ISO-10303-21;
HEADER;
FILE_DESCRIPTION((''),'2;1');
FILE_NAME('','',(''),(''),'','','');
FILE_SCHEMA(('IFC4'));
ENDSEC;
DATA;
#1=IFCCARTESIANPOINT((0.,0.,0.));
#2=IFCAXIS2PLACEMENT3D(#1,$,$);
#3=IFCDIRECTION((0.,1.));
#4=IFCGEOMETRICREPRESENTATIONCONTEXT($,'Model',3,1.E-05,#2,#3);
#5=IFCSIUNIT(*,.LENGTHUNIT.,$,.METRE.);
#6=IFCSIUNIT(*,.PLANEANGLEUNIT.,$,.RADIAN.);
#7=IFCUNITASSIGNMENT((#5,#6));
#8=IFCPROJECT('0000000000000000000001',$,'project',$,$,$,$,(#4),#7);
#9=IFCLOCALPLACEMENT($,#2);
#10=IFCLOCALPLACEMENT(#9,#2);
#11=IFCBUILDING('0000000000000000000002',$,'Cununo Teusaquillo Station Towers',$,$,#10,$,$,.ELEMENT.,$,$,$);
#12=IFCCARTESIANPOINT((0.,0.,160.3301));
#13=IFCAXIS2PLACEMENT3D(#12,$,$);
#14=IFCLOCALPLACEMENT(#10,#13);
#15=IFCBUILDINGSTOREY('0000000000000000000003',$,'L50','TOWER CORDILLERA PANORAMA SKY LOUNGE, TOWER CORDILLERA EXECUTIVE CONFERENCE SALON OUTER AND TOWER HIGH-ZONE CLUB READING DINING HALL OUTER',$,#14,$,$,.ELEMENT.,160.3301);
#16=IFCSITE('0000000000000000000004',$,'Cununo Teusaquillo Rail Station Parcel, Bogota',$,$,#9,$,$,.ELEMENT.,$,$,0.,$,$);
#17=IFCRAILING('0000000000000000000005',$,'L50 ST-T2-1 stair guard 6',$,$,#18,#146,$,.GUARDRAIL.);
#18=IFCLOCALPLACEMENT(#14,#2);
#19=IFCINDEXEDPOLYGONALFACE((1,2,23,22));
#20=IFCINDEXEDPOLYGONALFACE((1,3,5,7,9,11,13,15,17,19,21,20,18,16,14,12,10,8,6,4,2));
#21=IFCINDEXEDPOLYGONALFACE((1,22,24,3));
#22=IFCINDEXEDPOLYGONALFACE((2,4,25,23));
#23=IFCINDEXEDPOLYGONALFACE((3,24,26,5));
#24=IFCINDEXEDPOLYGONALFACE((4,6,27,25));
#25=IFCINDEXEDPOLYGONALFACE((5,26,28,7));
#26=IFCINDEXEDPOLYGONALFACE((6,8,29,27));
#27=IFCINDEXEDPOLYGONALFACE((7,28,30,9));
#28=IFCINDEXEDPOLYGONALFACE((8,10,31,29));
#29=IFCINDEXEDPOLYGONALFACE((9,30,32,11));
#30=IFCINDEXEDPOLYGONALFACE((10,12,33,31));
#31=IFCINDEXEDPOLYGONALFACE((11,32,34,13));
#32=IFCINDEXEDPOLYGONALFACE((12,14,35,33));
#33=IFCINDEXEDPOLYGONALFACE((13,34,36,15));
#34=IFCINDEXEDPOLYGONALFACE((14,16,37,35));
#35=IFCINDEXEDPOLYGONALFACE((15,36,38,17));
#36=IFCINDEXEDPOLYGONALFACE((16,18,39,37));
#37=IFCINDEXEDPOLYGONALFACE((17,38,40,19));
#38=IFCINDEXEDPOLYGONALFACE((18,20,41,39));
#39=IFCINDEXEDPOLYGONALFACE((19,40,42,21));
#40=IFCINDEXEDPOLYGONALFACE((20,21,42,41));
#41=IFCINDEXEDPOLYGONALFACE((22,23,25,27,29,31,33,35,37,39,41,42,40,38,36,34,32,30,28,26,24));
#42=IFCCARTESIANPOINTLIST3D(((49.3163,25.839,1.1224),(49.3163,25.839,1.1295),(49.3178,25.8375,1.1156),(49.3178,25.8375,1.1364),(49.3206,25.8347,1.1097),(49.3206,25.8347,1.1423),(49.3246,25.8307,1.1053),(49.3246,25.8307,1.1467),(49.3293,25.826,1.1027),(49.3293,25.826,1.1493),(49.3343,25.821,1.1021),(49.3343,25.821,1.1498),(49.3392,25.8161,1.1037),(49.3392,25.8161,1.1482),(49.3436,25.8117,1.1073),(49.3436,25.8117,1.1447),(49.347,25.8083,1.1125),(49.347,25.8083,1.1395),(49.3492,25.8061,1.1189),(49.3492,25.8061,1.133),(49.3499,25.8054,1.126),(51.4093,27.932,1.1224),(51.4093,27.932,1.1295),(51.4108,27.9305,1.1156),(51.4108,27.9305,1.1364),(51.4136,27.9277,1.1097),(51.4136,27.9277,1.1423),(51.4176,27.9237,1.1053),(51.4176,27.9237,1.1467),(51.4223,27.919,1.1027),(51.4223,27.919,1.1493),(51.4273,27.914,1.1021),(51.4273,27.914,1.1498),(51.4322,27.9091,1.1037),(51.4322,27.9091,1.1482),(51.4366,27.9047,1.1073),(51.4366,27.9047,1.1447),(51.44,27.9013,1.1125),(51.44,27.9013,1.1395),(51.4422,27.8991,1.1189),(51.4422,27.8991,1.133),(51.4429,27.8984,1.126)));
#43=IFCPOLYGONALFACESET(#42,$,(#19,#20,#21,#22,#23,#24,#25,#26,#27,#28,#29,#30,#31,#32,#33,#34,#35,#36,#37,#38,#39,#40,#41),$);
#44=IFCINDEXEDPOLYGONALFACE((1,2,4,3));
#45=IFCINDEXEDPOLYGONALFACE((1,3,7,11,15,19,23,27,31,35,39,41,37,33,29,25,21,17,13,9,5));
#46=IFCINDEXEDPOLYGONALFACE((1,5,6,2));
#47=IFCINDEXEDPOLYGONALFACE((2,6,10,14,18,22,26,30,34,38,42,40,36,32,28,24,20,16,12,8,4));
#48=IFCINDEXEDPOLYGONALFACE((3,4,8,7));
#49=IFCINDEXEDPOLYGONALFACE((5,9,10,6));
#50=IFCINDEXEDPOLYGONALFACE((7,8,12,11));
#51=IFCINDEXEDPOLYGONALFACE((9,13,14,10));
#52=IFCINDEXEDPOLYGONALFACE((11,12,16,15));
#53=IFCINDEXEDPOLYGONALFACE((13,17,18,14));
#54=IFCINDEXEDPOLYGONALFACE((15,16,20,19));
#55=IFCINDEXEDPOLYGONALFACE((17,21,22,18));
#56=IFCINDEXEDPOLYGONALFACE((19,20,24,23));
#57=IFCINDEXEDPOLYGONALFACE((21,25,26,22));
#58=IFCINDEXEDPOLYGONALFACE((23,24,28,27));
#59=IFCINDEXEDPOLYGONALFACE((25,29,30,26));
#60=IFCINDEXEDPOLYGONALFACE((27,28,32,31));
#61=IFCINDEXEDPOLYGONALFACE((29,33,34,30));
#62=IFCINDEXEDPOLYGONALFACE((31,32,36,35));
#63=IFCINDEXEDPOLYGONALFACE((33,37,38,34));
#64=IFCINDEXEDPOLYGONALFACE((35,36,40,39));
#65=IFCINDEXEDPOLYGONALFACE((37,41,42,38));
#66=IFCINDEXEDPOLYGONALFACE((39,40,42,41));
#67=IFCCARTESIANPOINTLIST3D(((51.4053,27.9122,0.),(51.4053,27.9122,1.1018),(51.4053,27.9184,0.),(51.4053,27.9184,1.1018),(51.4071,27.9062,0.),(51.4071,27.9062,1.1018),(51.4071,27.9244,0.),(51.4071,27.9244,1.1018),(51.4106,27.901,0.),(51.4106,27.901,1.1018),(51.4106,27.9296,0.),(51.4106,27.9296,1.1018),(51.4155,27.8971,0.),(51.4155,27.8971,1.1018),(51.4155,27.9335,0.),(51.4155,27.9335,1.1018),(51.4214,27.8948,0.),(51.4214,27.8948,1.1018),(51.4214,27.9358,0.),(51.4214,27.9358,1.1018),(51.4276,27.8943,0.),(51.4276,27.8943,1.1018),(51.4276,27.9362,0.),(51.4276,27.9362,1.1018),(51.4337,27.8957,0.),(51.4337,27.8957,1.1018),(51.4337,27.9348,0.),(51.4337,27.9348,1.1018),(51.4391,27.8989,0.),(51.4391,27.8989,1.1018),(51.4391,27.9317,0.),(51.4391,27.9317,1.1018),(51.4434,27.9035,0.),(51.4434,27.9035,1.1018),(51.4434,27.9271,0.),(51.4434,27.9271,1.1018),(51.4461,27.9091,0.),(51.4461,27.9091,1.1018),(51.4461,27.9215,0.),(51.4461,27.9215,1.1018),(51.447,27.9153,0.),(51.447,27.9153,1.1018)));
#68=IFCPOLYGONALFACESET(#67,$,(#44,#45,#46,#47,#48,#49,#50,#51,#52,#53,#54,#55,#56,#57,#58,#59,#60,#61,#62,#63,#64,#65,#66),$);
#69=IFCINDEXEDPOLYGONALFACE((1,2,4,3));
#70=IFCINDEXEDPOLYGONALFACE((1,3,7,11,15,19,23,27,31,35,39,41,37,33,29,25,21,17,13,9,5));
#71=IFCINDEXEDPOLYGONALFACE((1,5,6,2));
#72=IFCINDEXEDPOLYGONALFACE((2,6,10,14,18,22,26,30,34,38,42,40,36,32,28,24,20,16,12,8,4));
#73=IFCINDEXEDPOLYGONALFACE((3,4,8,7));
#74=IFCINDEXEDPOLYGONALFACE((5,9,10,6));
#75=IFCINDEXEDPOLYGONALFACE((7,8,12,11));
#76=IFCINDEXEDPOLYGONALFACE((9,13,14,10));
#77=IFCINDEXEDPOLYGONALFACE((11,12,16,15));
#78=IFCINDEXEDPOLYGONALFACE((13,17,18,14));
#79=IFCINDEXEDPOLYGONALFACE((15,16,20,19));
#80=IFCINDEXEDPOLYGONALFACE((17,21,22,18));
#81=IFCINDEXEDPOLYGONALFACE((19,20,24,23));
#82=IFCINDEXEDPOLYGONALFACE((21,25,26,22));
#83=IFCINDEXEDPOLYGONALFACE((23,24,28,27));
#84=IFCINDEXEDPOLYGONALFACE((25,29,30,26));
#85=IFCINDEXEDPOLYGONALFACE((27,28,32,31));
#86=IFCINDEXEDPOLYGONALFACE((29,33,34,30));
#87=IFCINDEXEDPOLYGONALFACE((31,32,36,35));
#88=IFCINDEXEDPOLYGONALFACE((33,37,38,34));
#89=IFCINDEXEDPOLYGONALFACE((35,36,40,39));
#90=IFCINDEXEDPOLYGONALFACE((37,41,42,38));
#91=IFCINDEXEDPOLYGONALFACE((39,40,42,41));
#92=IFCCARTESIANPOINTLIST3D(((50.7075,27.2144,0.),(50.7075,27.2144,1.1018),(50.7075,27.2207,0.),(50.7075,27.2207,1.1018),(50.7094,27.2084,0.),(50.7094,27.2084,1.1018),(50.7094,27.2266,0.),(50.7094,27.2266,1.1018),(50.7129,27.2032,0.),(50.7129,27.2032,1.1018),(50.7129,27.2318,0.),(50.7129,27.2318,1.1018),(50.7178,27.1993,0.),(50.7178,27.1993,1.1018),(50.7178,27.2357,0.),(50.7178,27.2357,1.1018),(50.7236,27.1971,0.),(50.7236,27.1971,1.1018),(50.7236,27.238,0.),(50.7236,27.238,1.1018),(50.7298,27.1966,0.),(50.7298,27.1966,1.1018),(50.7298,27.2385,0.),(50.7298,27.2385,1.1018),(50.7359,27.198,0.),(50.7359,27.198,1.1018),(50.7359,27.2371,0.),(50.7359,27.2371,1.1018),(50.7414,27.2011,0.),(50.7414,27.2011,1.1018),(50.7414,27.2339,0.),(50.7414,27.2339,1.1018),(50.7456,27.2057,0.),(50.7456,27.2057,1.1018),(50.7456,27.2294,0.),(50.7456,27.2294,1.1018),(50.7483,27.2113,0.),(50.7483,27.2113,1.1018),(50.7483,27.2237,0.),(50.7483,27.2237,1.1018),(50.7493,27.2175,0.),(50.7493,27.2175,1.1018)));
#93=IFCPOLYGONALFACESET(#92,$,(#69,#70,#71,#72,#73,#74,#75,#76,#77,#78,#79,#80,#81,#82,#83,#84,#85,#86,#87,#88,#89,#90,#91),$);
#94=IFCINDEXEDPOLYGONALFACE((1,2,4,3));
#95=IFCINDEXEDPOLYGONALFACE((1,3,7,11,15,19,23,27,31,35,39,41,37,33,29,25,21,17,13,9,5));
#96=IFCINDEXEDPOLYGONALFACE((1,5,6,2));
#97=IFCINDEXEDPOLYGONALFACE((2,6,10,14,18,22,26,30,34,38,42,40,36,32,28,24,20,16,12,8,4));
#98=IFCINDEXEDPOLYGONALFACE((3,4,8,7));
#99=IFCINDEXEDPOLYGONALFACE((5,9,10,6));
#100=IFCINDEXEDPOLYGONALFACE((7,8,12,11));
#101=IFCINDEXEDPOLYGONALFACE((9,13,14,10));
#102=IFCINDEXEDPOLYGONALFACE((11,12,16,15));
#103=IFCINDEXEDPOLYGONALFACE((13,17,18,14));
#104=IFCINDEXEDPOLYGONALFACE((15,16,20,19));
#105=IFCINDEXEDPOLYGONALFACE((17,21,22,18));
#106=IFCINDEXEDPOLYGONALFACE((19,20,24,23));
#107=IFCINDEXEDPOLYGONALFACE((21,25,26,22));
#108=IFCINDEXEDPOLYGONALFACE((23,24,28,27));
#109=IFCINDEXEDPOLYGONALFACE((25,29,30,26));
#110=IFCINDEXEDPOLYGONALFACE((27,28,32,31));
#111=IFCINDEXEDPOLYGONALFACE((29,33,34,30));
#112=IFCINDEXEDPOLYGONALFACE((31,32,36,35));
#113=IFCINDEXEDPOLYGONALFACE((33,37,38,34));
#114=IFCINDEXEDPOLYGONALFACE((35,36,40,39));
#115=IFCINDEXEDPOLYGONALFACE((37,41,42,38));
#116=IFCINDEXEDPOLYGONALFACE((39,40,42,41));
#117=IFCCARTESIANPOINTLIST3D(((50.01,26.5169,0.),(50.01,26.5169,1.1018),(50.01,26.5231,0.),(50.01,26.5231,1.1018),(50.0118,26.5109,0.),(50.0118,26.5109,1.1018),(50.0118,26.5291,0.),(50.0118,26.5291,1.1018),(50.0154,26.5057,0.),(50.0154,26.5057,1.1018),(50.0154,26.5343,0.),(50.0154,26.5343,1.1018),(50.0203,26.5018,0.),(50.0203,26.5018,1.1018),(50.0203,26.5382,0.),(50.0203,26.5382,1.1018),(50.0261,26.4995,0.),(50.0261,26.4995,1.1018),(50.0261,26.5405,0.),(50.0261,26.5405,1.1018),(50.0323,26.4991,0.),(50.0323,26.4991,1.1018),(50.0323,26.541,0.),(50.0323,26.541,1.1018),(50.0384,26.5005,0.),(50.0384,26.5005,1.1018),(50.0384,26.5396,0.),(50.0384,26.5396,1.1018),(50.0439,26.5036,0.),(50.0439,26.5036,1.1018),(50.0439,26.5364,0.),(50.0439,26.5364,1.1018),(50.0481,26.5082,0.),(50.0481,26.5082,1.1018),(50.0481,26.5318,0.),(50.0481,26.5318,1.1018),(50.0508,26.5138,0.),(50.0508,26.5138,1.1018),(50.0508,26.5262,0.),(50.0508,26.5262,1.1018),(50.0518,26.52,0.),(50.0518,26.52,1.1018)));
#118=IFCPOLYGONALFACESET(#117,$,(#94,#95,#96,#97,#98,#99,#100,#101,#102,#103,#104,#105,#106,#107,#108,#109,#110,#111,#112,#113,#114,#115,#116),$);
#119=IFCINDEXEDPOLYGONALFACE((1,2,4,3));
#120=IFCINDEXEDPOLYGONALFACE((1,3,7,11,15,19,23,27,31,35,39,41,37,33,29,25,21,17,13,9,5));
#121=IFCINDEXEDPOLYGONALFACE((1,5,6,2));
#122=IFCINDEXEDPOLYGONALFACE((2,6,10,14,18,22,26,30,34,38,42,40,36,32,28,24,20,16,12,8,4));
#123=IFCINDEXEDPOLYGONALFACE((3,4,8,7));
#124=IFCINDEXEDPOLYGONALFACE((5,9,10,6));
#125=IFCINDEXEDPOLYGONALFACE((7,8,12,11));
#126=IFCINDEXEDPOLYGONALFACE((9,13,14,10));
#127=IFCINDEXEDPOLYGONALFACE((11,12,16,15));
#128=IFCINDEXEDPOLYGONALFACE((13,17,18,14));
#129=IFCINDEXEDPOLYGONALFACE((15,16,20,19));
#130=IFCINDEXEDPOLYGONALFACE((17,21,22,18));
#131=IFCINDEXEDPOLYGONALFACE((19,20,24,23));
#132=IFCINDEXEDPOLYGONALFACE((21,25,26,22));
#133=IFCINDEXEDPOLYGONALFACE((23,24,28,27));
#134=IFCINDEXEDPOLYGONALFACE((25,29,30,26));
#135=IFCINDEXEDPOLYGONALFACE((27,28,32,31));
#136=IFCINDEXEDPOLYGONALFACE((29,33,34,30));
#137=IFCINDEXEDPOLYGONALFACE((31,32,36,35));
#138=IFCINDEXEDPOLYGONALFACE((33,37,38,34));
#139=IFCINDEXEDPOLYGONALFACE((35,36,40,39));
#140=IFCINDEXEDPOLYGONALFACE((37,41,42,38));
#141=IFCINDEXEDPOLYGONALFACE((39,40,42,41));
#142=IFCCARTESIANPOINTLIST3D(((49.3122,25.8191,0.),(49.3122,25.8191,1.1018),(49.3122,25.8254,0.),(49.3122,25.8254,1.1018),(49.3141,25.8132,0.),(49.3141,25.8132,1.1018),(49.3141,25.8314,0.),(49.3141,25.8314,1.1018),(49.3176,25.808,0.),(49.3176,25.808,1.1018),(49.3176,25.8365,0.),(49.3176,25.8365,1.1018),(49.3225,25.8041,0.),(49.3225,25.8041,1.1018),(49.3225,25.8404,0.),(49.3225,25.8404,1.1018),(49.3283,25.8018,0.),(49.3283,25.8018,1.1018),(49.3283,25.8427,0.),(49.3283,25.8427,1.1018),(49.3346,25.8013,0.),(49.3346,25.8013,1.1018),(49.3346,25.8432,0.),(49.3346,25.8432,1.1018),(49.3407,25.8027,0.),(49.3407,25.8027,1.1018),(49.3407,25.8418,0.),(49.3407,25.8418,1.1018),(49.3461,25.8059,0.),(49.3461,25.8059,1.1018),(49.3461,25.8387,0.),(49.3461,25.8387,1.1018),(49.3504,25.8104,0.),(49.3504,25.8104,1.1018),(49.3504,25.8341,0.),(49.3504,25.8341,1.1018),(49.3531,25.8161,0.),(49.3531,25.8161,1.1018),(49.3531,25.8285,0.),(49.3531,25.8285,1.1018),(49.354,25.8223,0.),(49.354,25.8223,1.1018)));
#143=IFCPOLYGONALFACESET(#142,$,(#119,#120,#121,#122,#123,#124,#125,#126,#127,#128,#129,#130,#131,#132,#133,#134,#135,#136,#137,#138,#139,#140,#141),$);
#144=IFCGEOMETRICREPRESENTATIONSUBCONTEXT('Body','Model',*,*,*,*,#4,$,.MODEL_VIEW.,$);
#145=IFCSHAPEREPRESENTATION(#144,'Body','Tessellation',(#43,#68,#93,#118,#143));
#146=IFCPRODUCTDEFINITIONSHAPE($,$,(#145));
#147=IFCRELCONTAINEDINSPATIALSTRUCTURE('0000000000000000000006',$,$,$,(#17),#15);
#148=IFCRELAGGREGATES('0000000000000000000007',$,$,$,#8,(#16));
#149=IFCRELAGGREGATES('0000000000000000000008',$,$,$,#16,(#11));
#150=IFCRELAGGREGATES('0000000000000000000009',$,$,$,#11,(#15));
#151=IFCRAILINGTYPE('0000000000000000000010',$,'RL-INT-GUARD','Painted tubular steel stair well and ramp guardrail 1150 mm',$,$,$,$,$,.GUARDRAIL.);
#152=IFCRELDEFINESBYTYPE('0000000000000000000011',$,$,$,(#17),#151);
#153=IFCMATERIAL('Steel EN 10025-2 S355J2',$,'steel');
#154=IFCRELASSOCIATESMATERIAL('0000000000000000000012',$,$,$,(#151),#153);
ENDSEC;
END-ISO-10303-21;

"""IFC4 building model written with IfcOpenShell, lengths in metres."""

from ifc_helpers import new_model, si_unit, direction, frame, origin, origin_2d, place, context, subcontext, project, spatial, circle, extrude, material, type_object, element, save


model = new_model("IFC4")

# Units and contexts
model_context = context("Model", 3, precision=1e-05, world=origin(), true_north=direction((0.0, 1.0)))
body_context = subcontext(model_context, "Body", "Model", "MODEL_VIEW")
ifc_project = project(units=[si_unit("LENGTHUNIT", "METRE"), si_unit("PLANEANGLEUNIT", "RADIAN")], contexts=[model_context])

# Site, building, storey
site_placement = place(None, origin())
site = spatial("IfcSite", under=ifc_project, at=site_placement, Name="Cununo Teusaquillo Rail Station Parcel, Bogota", CompositionType="ELEMENT", RefElevation=0.0)
building_placement = place(site_placement, origin())
building = spatial("IfcBuilding", under=site, at=building_placement, Name="Cununo Teusaquillo Station Towers", CompositionType="ELEMENT")
storey_placement = place(building_placement, frame((0.0, 0.0, 160.3301)))
storey = spatial("IfcBuildingStorey", under=building, at=storey_placement, Name="L50", Description="TOWER CORDILLERA PANORAMA SKY LOUNGE, TOWER CORDILLERA EXECUTIVE CONFERENCE SALON OUTER AND TOWER HIGH-ZONE CLUB READING DINING HALL OUTER", CompositionType="ELEMENT", Elevation=160.3301)

# Railing
ifc_material_1 = material(Name="Steel EN 10025-2 S355J2", Category="steel")
railing_type = type_object("IfcRailingType", Name="RL-INT-GUARD", Description="Painted tubular steel stair well and ramp guardrail 1150 mm", PredefinedType="GUARDRAIL", material=ifc_material_1)
railing_1_placement = place(storey_placement, frame((51.426, 27.9153, 0.0)))
element("IfcRailing", 1, at=railing_1_placement, inside=storey, type_object=railing_type, Name="L50 ST-T2-1 stair guard 6", PredefinedType="GUARDRAIL", context=body_context, shape_type="SweptSolid", body=[
    extrude(circle(Radius=0.0239, at=origin_2d()), frame((0.0, 0.0, 1.126), z_axis=(-0.707107, -0.707107, 0.0), x_axis=(0.707107, -0.707107, 0.0)), (0.0, 0.0, 1.0), 2.96),
    extrude(circle(Radius=0.021, at=origin_2d()), origin(), (0.0, 0.0, 1.0), 1.1018),
    extrude(circle(Radius=0.021, at=origin_2d()), frame((-0.6978, -0.6978, 0.0)), (0.0, 0.0, 1.0), 1.1018),
    extrude(circle(Radius=0.021, at=origin_2d()), frame((-1.3953, -1.3953, 0.0)), (0.0, 0.0, 1.0), 1.1018),
    extrude(circle(Radius=0.021, at=origin_2d()), frame((-2.093, -2.093, 0.0)), (0.0, 0.0, 1.0), 1.1018),
])

save(model, "model.ifc")
